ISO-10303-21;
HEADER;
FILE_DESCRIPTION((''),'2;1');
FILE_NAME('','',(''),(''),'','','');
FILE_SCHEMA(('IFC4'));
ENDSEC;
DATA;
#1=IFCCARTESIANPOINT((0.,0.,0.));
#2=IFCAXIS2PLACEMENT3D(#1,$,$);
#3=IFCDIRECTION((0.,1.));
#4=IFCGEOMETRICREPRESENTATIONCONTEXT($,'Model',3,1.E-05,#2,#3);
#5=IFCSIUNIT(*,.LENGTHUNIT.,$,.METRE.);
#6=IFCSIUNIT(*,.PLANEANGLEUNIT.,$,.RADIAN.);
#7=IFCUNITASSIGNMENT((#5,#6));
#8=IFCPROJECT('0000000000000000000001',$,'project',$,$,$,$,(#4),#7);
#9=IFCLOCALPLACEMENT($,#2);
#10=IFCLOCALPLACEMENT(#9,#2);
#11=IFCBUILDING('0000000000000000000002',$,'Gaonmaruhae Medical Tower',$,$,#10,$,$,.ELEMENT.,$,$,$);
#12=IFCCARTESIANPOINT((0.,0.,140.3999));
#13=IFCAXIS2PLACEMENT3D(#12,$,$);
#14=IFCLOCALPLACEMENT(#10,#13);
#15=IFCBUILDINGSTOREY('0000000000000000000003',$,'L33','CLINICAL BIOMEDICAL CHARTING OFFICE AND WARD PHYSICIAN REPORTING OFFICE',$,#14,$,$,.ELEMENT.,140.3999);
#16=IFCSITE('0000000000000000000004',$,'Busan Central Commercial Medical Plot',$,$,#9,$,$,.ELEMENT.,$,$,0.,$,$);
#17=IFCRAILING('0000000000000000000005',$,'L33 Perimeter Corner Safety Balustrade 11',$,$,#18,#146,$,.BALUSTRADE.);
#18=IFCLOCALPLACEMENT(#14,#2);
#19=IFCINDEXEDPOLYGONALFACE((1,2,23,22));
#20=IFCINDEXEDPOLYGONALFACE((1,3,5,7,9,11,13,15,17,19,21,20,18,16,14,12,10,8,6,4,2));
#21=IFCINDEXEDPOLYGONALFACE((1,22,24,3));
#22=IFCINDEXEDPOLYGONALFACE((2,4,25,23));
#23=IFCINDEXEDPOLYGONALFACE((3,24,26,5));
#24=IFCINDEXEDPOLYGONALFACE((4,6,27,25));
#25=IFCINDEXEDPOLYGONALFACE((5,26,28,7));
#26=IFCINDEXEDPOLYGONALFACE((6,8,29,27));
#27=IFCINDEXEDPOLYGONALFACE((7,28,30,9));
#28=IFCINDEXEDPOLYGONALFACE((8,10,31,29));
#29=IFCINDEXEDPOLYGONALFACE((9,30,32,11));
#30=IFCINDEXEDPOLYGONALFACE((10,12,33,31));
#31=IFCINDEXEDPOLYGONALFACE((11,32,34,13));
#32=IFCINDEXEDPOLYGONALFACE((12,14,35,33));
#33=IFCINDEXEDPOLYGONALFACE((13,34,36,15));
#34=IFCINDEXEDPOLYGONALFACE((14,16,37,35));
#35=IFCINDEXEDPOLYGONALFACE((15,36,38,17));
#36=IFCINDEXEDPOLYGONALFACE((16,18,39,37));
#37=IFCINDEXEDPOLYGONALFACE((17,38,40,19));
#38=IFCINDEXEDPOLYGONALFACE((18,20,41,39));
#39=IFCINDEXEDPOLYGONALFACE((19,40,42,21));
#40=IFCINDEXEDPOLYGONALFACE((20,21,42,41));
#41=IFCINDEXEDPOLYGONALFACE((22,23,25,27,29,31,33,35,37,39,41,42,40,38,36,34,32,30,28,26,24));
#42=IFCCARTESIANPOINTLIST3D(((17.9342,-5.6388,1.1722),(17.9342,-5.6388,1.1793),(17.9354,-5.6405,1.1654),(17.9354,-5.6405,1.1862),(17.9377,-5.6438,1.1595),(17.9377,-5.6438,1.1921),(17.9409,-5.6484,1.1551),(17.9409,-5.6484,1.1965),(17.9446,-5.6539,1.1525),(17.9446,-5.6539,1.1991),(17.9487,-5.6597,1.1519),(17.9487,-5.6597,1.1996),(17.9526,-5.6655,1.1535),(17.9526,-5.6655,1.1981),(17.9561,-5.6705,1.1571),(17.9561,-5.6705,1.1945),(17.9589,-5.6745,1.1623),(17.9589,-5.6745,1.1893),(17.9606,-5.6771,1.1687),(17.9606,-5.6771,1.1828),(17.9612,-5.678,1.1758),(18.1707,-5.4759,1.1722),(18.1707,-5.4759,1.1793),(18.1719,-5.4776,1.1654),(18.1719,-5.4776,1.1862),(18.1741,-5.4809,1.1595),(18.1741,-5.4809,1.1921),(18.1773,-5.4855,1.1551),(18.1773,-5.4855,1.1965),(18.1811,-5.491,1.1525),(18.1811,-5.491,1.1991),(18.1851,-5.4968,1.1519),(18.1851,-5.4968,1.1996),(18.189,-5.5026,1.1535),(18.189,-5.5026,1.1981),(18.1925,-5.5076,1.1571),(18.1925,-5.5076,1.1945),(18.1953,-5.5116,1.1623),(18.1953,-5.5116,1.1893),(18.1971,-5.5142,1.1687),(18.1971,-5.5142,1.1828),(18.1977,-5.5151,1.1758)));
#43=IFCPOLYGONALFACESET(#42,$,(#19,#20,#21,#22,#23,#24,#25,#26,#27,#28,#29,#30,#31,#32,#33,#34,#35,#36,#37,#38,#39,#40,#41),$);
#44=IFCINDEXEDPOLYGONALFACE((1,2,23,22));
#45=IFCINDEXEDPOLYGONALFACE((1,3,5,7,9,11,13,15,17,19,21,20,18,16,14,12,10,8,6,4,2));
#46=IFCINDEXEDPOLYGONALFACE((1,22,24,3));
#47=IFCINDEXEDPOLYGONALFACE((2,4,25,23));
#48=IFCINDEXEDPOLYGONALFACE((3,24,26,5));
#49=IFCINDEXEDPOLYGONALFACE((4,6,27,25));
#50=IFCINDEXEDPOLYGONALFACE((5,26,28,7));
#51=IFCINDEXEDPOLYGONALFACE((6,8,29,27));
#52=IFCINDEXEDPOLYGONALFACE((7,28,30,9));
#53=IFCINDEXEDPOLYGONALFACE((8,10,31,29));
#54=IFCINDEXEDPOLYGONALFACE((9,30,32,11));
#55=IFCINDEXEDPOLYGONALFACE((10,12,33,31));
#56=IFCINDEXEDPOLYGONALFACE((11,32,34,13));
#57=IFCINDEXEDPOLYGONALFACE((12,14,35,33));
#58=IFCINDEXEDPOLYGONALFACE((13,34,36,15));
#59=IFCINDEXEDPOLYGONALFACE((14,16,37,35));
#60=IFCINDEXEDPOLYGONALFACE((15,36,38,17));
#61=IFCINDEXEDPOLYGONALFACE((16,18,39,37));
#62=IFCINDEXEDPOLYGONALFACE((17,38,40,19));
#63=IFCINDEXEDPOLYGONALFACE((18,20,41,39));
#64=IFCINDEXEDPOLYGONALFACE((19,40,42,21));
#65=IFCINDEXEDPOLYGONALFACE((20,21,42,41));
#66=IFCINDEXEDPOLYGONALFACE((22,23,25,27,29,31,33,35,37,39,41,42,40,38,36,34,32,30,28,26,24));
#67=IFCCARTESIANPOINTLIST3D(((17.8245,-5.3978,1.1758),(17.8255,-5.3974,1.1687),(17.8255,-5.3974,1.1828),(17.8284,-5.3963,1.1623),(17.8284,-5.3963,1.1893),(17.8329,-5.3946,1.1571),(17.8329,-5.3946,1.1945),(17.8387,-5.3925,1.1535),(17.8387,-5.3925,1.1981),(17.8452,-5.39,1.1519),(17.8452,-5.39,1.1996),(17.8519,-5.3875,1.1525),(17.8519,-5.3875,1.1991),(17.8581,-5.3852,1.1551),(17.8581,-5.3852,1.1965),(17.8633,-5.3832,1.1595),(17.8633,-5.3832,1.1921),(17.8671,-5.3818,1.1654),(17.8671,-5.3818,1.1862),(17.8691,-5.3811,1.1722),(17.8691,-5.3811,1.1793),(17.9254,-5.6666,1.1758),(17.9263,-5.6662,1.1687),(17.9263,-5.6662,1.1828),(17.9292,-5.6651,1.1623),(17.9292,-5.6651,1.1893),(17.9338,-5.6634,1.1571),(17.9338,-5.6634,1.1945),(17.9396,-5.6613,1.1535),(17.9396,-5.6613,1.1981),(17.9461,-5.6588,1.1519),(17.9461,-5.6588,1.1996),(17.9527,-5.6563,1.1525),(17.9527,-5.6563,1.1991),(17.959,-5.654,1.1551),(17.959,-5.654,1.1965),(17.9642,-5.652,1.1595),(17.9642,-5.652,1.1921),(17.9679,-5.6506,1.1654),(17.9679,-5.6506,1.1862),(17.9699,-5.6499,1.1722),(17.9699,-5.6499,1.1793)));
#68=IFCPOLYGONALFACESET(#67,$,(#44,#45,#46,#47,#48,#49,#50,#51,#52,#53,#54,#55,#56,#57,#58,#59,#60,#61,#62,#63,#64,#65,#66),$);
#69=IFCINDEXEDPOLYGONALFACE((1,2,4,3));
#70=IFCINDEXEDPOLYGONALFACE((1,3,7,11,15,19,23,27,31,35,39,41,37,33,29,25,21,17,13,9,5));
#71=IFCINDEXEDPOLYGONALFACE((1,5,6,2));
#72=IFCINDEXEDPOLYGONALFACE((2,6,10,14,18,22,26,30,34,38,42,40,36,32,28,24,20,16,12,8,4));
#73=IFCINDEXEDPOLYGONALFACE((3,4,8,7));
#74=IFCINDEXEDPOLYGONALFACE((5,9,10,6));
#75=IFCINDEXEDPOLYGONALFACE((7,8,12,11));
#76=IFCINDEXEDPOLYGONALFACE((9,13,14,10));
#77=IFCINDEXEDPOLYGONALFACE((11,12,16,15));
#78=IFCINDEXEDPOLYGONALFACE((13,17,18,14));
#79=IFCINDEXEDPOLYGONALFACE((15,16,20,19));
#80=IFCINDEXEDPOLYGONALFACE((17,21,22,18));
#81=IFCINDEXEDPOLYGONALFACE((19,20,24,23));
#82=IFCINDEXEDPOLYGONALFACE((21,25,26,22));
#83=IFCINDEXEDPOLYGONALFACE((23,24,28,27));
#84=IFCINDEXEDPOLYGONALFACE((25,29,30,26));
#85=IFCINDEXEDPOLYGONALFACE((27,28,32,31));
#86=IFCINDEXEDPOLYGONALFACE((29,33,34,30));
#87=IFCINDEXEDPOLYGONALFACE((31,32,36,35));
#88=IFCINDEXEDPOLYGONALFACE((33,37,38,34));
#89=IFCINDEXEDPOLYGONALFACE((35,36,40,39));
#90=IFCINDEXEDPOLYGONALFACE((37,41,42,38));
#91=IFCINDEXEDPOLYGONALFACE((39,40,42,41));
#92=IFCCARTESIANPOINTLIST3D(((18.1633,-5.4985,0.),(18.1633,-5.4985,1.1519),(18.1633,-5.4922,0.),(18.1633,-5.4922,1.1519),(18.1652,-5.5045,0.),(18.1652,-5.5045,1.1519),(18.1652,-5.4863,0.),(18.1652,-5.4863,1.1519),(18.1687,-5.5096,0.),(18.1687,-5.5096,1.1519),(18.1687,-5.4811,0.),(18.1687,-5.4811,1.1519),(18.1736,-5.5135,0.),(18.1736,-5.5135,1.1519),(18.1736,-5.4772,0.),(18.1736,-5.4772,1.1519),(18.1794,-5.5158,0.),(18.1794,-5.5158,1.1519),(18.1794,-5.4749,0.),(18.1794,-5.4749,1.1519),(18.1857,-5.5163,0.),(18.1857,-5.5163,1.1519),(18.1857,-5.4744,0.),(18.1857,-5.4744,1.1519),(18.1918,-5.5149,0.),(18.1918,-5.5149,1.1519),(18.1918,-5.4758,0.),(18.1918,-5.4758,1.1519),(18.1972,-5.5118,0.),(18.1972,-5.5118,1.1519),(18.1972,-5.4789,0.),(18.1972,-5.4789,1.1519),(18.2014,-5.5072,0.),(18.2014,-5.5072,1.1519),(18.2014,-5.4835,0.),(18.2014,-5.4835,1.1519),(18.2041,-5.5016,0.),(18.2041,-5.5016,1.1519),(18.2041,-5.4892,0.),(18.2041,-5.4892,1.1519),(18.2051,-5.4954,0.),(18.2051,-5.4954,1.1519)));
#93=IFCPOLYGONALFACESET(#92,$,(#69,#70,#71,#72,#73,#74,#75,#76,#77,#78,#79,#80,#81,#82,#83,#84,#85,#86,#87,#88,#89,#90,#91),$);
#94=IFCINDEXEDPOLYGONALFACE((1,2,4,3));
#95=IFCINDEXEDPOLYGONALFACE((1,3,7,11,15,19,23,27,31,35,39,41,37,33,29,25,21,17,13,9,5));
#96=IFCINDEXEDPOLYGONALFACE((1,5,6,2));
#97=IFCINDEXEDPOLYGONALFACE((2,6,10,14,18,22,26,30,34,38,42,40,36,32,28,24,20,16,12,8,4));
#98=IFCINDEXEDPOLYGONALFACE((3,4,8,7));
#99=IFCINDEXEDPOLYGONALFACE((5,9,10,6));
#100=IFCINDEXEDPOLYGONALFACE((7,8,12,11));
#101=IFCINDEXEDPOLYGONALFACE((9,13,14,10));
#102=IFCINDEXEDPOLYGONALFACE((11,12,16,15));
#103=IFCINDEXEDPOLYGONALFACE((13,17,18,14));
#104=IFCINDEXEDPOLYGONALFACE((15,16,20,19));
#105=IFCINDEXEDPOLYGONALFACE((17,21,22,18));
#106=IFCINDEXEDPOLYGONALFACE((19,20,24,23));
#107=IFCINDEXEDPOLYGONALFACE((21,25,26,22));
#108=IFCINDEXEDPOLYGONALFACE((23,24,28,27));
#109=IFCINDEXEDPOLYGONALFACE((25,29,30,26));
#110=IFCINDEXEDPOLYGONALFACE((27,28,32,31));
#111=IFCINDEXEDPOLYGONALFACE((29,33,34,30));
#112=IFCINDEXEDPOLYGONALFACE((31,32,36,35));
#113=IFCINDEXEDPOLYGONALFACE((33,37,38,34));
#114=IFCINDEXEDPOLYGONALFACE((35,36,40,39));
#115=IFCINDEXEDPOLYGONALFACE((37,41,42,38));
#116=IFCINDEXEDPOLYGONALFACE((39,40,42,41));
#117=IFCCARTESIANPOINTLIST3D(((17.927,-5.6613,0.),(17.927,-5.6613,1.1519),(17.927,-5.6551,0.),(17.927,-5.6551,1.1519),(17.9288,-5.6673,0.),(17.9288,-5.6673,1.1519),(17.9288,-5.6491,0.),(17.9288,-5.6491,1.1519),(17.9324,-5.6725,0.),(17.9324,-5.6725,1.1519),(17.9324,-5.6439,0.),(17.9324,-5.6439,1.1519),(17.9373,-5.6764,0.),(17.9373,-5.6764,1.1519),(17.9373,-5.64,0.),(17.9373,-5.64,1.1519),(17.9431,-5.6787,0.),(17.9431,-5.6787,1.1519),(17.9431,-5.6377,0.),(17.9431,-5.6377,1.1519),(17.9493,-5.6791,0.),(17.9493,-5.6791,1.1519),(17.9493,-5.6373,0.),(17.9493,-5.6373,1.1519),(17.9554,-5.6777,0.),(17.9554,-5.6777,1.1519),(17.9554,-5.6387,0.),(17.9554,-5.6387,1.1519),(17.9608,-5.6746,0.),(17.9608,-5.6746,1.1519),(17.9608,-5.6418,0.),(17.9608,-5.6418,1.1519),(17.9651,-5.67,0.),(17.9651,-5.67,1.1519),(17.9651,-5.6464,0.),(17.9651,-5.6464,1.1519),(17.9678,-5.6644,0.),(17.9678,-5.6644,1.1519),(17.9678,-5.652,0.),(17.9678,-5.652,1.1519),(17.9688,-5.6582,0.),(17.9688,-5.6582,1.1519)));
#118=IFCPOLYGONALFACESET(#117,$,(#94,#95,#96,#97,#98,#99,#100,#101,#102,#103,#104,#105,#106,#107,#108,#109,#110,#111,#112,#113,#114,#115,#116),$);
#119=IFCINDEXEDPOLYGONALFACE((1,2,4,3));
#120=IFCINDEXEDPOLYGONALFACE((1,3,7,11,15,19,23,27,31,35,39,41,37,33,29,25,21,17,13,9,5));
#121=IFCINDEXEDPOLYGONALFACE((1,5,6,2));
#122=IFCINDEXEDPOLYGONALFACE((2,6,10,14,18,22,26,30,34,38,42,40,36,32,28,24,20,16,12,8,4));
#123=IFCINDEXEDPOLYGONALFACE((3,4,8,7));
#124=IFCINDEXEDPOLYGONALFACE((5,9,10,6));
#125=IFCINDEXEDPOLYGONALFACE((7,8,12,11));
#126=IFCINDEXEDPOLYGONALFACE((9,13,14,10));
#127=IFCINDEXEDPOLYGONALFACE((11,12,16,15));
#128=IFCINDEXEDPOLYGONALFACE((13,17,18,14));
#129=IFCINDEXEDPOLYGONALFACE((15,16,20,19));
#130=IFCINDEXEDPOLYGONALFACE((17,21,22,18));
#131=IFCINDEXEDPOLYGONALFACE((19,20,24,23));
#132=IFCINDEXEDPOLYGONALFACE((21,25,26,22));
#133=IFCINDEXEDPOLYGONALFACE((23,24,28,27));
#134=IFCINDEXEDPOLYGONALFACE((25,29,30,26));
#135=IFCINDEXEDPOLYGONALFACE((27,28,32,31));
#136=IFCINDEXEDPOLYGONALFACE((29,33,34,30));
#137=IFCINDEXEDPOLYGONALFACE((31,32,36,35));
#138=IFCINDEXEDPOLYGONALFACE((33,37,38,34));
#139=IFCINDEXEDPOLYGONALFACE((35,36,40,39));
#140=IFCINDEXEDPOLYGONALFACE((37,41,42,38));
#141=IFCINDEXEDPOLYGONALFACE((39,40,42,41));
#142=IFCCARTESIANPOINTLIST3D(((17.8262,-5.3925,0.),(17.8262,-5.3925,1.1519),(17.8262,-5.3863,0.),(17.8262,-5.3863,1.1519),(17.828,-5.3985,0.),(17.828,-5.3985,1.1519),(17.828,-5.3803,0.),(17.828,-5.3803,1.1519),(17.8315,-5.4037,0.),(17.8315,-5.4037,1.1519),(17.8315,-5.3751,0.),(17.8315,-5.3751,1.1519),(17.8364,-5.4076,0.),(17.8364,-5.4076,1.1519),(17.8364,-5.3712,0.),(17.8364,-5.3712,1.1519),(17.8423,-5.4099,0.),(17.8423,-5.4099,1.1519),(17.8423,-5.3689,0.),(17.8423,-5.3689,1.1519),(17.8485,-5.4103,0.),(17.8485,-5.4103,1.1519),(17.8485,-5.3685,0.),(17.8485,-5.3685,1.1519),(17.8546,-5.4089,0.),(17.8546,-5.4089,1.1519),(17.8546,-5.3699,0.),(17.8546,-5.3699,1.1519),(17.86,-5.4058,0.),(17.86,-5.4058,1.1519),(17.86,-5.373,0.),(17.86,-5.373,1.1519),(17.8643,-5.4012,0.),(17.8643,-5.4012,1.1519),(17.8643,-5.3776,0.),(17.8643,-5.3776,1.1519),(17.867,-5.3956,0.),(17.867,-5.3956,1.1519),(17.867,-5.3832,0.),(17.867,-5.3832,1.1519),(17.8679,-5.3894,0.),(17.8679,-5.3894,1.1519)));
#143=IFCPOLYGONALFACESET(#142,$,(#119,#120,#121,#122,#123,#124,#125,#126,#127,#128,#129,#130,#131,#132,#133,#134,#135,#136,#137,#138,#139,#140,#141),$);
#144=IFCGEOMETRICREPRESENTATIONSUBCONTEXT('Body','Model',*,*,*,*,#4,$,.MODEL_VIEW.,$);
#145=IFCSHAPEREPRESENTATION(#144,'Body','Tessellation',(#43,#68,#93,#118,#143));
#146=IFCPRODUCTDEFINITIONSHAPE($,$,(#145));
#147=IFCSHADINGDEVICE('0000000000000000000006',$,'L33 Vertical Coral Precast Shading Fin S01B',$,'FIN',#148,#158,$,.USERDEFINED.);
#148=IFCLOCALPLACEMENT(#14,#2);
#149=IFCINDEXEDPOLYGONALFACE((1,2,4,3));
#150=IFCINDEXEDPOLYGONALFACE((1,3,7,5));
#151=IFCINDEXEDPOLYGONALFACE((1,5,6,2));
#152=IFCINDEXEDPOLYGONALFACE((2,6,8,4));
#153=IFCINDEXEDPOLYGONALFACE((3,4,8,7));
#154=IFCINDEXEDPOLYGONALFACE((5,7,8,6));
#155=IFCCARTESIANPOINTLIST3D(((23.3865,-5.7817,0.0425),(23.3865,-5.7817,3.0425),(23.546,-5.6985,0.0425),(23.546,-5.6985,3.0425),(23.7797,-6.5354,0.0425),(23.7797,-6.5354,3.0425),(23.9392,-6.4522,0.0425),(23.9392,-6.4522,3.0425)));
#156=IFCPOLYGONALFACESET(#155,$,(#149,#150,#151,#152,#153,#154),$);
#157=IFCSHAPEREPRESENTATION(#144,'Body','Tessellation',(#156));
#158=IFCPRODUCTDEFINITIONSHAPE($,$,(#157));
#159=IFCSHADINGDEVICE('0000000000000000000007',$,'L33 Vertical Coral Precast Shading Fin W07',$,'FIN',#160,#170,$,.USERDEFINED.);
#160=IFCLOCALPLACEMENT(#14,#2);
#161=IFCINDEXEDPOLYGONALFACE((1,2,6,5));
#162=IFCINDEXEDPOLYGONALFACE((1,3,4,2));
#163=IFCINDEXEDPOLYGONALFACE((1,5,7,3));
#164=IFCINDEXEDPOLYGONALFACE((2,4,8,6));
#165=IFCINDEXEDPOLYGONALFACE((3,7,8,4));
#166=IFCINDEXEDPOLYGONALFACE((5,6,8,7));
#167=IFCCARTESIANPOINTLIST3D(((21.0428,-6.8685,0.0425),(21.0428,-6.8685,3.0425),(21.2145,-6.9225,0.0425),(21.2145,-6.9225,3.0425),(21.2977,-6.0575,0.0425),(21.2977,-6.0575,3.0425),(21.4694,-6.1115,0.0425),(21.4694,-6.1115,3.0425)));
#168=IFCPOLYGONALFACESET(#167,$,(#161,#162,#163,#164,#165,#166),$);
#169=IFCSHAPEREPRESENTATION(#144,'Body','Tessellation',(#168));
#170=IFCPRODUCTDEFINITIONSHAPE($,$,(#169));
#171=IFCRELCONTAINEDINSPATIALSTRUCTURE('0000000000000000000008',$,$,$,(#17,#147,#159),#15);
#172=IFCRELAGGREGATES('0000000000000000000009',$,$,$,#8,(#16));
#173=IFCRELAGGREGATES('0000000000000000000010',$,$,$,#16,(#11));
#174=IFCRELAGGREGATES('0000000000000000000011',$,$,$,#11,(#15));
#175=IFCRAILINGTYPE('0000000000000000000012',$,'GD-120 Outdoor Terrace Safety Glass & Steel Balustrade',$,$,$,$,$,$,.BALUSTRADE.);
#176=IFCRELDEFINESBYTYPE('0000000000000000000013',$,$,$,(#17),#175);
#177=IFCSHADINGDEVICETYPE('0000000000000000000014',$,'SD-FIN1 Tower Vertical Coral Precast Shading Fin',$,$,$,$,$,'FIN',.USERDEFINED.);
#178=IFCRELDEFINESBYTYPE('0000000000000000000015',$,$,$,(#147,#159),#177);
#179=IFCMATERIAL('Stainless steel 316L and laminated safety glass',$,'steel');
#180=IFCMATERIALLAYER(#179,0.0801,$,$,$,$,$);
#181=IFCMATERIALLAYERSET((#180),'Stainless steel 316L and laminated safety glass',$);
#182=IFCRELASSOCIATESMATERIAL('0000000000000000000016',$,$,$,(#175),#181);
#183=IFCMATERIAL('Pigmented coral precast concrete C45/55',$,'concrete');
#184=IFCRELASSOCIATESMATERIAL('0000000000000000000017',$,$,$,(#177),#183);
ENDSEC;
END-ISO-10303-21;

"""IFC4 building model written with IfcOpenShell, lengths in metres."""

from ifc_helpers import new_model, si_unit, direction, frame, origin, origin_2d, place, context, subcontext, project, spatial, rectangle, circle, extrude, material, layer, layer_set, type_object, element, save


model = new_model("IFC4")

# Units and contexts
model_context = context("Model", 3, precision=1e-05, world=origin(), true_north=direction((0.0, 1.0)))
body_context = subcontext(model_context, "Body", "Model", "MODEL_VIEW")
ifc_project = project(units=[si_unit("LENGTHUNIT", "METRE"), si_unit("PLANEANGLEUNIT", "RADIAN")], contexts=[model_context])

# Site, building, storey
site_placement = place(None, origin())
site = spatial("IfcSite", under=ifc_project, at=site_placement, Name="Busan Central Commercial Medical Plot", CompositionType="ELEMENT", RefElevation=0.0)
building_placement = place(site_placement, origin())
building = spatial("IfcBuilding", under=site, at=building_placement, Name="Gaonmaruhae Medical Tower", CompositionType="ELEMENT")
storey_placement = place(building_placement, frame((0.0, 0.0, 140.3999)))
storey = spatial("IfcBuildingStorey", under=building, at=storey_placement, Name="L33", Description="CLINICAL BIOMEDICAL CHARTING OFFICE AND WARD PHYSICIAN REPORTING OFFICE", CompositionType="ELEMENT", Elevation=140.3999)

# Railing
ifc_material_1 = material(Name="Stainless steel 316L and laminated safety glass", Category="steel")
ifc_layer_1 = layer(ifc_material_1, 0.0801)
ifc_layer_set_1 = layer_set([ifc_layer_1], Name="Stainless steel 316L and laminated safety glass")
railing_type = type_object("IfcRailingType", Name="GD-120 Outdoor Terrace Safety Glass & Steel Balustrade", PredefinedType="BALUSTRADE", material=ifc_layer_set_1)
railing_1_placement = place(storey_placement, frame((18.1841, -5.4954, 0.0)))
element("IfcRailing", 1, at=railing_1_placement, inside=storey, type_object=railing_type, Name="L33 Perimeter Corner Safety Balustrade 11", PredefinedType="BALUSTRADE", context=body_context, shape_type="SweptSolid", body=[
    extrude(circle(Radius=0.0239, at=origin_2d()), frame((0.0, 0.0, 1.1758), z_axis=(-0.823446, -0.567395, 0.0), x_axis=(0.567395, -0.823446, 0.0)), (0.0, 0.0, 1.0), 0.2871),
    extrude(circle(Radius=0.0239, at=origin_2d()), frame((-0.2363, -0.1628, 1.1758), z_axis=(-0.351217, 0.936294, 0.0), x_axis=(-0.936294, -0.351217, 0.0)), (0.0, 0.0, 1.0), 0.2871),
    extrude(circle(Radius=0.021, at=origin_2d()), origin(), (0.0, 0.0, 1.0), 1.1519),
    extrude(circle(Radius=0.021, at=origin_2d()), frame((-0.2363, -0.1628, 0.0)), (0.0, 0.0, 1.0), 1.1519),
    extrude(circle(Radius=0.021, at=origin_2d()), frame((-0.3372, 0.106, 0.0)), (0.0, 0.0, 1.0), 1.1519),
])

# Shading devices
ifc_material_2 = material(Name="Pigmented coral precast concrete C45/55", Category="concrete")
shading_device_type = type_object("IfcShadingDeviceType", Name="SD-FIN1 Tower Vertical Coral Precast Shading Fin", ElementType="FIN", PredefinedType="USERDEFINED", material=ifc_material_2)
for number, where, z_axis, x_axis, name in (
    (2, (23.6628, -6.1169, 0.0425), (0.0, 0.0, 1.0), (-0.886608, -0.462523, 0.0), "L33 Vertical Coral Precast Shading Fin S01B"),
    (3, (21.2561, -6.49, 0.0425), (0.0, 0.0, 1.0), (-0.953979, 0.299873, 0.0), "L33 Vertical Coral Precast Shading Fin W07"),
):
    element("IfcShadingDevice", number, at=place(storey_placement, frame(where, z_axis=z_axis, x_axis=x_axis)), inside=storey, type_object=shading_device_type, Name=name, ObjectType="FIN", PredefinedType="USERDEFINED", context=body_context, shape_type="SweptSolid", body=[
        extrude(rectangle(XDim=0.1799, YDim=0.8501, at=origin_2d()), origin(), (0.0, 0.0, 1.0), 3.0),
    ])

save(model, "model.ifc")
